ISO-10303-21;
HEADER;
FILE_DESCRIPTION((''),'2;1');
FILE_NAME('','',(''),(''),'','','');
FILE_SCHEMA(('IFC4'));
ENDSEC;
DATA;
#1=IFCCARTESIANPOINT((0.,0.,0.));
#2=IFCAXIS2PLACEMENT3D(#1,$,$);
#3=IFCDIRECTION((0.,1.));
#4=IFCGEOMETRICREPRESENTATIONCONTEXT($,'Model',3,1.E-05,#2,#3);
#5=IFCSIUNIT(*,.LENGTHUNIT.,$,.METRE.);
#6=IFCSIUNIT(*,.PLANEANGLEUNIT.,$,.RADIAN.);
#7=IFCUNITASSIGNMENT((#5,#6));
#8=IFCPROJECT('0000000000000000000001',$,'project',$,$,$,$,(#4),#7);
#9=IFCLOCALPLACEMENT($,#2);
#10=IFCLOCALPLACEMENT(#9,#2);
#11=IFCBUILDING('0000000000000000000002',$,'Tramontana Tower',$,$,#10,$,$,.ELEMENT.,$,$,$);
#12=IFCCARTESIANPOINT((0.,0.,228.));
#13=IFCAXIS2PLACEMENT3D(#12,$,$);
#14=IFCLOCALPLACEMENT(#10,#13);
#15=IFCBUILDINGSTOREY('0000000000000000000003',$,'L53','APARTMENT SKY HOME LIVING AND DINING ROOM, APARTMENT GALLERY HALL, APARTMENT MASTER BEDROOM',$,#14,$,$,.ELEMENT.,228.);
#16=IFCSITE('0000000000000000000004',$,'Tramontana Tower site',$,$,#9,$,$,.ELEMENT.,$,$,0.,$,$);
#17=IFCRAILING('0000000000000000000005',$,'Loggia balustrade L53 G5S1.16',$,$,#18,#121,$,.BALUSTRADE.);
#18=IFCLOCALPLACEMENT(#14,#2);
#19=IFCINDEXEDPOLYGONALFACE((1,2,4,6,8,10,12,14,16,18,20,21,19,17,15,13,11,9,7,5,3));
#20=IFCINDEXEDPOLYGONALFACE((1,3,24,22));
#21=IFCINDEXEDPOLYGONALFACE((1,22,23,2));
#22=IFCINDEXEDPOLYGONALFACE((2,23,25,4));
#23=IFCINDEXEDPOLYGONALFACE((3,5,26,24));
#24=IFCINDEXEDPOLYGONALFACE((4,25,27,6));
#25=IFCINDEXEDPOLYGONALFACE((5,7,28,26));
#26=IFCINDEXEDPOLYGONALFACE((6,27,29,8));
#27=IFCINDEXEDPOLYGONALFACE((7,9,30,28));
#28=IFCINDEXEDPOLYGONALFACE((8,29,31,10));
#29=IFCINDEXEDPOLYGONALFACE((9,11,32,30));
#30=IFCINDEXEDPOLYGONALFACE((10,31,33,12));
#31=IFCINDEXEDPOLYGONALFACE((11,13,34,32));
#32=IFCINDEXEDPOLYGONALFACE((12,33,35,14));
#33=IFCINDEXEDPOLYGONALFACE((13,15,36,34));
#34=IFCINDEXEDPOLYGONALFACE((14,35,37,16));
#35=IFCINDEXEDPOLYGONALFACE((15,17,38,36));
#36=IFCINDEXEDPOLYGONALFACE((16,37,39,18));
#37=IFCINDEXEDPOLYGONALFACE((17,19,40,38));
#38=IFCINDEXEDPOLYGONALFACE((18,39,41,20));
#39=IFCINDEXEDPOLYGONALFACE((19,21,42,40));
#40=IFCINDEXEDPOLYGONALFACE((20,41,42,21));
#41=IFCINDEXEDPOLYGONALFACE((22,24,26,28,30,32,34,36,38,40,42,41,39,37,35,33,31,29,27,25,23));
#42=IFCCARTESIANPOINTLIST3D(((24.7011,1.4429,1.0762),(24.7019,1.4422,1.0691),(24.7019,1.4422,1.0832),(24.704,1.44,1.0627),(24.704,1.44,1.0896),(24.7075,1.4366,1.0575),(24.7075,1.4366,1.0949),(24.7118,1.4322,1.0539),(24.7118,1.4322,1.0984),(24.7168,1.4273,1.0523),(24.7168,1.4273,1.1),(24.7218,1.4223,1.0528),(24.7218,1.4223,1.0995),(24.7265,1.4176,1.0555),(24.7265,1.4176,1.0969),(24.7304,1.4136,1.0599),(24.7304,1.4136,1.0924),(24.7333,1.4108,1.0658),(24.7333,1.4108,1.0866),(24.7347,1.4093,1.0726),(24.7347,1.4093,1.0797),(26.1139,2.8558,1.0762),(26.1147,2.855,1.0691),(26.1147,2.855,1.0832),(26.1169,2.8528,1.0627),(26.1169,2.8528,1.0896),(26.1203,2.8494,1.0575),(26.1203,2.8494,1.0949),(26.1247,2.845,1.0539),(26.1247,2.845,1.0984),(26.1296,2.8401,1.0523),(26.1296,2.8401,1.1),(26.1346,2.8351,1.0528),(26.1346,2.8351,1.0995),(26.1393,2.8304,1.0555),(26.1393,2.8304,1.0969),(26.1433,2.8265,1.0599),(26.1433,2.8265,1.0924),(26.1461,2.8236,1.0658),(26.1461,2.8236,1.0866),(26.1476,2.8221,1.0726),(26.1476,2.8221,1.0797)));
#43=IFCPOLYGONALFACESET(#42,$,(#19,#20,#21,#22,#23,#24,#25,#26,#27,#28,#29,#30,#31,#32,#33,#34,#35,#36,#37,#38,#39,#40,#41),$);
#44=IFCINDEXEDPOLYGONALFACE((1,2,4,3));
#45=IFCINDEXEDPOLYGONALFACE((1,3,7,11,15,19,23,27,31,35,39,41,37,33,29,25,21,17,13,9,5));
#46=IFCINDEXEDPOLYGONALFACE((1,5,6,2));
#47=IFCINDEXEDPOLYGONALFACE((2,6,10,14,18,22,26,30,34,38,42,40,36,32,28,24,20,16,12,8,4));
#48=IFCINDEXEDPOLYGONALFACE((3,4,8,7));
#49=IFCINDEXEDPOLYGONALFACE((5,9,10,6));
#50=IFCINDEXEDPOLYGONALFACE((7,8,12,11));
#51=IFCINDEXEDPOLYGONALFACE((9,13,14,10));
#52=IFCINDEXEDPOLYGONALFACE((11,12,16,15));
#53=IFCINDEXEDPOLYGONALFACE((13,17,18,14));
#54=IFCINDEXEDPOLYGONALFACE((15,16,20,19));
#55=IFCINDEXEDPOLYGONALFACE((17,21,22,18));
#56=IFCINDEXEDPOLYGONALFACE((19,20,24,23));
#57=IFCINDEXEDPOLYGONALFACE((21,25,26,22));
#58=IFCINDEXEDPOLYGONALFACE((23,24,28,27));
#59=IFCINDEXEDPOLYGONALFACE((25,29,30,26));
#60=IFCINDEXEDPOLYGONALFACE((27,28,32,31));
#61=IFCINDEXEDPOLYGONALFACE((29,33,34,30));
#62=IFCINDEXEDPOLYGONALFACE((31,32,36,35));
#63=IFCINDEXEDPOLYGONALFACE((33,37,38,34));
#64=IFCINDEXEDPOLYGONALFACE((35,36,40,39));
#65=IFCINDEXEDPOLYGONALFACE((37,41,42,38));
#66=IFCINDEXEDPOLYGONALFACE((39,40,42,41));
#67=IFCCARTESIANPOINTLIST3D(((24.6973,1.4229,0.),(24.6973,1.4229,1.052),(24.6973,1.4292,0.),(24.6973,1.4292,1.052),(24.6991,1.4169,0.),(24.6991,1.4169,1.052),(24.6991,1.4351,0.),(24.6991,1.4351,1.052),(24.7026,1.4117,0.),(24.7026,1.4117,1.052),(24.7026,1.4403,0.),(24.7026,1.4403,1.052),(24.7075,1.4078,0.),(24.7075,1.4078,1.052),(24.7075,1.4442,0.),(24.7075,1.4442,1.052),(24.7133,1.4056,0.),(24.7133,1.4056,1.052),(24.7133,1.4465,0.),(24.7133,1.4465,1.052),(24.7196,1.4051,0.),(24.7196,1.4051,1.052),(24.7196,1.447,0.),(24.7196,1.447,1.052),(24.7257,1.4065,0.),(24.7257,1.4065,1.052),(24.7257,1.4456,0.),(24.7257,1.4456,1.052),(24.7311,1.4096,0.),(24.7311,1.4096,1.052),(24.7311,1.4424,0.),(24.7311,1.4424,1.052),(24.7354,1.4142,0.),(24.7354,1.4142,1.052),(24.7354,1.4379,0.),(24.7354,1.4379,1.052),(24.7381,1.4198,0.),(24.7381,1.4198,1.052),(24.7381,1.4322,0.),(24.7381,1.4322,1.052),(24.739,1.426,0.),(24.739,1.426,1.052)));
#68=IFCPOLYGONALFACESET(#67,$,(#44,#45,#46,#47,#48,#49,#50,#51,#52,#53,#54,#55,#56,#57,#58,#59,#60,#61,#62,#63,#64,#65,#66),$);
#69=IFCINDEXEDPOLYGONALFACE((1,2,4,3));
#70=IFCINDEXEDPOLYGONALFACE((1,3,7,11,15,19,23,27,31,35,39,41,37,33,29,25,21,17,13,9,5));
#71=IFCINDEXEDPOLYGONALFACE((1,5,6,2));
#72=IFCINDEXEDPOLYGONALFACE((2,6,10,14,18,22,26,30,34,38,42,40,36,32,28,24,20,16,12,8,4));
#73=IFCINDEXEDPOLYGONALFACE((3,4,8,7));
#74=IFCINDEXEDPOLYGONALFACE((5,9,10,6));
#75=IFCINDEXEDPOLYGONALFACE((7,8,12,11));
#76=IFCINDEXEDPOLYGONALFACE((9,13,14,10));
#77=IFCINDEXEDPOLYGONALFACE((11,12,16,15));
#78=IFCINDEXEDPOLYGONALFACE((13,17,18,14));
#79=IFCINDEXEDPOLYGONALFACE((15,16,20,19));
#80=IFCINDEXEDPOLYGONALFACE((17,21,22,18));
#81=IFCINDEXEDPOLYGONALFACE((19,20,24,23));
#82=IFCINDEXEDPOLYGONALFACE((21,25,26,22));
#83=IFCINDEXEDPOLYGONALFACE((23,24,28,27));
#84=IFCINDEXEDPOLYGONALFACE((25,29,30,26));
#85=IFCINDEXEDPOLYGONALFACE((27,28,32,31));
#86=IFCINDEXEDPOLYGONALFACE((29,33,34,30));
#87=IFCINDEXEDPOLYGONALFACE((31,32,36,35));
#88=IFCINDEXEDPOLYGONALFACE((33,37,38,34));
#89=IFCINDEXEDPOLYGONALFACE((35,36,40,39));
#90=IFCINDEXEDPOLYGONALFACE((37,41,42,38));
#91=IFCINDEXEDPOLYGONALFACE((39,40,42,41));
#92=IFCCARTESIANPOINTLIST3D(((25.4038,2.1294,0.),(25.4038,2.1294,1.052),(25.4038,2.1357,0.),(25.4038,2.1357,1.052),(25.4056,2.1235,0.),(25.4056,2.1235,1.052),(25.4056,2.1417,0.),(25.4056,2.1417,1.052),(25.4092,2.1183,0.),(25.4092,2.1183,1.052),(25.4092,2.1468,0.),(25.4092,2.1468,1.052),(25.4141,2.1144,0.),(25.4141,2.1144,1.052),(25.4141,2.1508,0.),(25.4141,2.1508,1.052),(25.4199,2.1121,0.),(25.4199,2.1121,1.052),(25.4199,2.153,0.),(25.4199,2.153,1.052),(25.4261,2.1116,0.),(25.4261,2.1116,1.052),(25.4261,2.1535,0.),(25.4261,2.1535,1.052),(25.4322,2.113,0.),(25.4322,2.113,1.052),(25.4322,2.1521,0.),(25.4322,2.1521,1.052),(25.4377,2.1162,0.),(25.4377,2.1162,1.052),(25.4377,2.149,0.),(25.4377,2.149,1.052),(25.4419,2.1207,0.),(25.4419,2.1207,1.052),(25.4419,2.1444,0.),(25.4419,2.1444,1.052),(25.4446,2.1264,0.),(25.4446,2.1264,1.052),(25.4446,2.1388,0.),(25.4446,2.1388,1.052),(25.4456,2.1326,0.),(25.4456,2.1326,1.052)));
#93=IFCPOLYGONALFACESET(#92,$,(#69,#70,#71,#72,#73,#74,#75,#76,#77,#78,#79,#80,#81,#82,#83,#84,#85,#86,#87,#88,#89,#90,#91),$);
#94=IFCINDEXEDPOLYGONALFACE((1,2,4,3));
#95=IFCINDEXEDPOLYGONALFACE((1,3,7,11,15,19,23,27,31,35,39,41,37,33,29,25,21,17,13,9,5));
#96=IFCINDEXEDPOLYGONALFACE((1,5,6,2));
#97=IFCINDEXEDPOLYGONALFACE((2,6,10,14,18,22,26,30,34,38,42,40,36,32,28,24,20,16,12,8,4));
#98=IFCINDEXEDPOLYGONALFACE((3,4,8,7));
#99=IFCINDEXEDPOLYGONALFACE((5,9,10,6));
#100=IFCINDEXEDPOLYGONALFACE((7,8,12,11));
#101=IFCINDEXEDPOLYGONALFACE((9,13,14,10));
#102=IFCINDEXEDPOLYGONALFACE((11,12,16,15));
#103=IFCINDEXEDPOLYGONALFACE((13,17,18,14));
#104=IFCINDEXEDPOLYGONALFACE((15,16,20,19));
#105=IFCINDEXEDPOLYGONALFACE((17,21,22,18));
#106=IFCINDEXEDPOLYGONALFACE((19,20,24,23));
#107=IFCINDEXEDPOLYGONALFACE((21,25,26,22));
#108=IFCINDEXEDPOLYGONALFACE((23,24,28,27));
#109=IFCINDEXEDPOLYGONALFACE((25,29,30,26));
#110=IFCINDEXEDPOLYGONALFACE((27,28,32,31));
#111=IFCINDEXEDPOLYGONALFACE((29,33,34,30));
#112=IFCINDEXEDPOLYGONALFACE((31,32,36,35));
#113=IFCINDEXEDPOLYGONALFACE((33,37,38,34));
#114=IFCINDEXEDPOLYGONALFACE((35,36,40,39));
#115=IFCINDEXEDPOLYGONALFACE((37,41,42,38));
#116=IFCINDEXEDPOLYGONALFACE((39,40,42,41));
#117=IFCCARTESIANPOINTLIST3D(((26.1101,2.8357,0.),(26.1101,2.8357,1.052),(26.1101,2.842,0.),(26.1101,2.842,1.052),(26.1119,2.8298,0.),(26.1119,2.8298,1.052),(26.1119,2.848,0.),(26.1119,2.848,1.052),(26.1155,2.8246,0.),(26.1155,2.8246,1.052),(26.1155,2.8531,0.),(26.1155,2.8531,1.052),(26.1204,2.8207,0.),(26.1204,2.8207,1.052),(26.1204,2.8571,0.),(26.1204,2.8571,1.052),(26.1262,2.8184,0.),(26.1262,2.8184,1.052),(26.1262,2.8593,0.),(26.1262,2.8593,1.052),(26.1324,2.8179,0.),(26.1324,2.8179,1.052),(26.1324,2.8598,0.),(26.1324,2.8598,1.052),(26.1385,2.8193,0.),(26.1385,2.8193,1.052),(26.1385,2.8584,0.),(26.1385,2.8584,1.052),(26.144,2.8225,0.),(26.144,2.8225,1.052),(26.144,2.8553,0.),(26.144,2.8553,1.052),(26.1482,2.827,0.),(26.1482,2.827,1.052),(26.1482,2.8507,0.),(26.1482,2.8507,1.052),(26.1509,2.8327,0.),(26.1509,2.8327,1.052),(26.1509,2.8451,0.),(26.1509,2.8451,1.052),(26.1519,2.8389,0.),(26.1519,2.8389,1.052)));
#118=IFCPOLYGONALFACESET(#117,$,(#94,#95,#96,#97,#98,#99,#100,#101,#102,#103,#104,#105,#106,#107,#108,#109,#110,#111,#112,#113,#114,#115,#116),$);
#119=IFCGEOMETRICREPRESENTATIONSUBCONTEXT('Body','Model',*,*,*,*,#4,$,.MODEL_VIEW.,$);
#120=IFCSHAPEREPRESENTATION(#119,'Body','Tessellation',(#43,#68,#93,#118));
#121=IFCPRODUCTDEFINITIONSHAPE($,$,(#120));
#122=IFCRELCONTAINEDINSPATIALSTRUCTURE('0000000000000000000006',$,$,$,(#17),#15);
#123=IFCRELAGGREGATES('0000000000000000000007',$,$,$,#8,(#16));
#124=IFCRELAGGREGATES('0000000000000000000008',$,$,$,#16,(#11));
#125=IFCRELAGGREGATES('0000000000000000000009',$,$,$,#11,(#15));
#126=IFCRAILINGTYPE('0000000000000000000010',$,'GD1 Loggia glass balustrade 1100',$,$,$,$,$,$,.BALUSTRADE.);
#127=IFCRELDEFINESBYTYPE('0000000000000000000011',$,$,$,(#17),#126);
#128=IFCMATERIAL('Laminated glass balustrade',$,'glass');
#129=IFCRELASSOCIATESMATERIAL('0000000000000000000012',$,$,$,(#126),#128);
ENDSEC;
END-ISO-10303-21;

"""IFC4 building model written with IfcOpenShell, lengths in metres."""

from ifc_helpers import new_model, si_unit, direction, frame, origin, origin_2d, place, context, subcontext, project, spatial, circle, extrude, material, type_object, element, save


model = new_model("IFC4")

# Units and contexts
model_context = context("Model", 3, precision=1e-05, world=origin(), true_north=direction((0.0, 1.0)))
body_context = subcontext(model_context, "Body", "Model", "MODEL_VIEW")
ifc_project = project(units=[si_unit("LENGTHUNIT", "METRE"), si_unit("PLANEANGLEUNIT", "RADIAN")], contexts=[model_context])

# Site, building, storey
site_placement = place(None, origin())
site = spatial("IfcSite", under=ifc_project, at=site_placement, Name="Tramontana Tower site", CompositionType="ELEMENT", RefElevation=0.0)
building_placement = place(site_placement, origin())
building = spatial("IfcBuilding", under=site, at=building_placement, Name="Tramontana Tower", CompositionType="ELEMENT")
storey_placement = place(building_placement, frame((0.0, 0.0, 228.0)))
storey = spatial("IfcBuildingStorey", under=building, at=storey_placement, Name="L53", Description="APARTMENT SKY HOME LIVING AND DINING ROOM, APARTMENT GALLERY HALL, APARTMENT MASTER BEDROOM", CompositionType="ELEMENT", Elevation=228.0)

# Railing
ifc_material_1 = material(Name="Laminated glass balustrade", Category="glass")
railing_type = type_object("IfcRailingType", Name="GD1 Loggia glass balustrade 1100", PredefinedType="BALUSTRADE", material=ifc_material_1)
railing_placement = place(storey_placement, frame((24.718, 1.426, 0.0)))
element("IfcRailing", 1, at=railing_placement, inside=storey, type_object=railing_type, Name="Loggia balustrade L53 G5S1.16", PredefinedType="BALUSTRADE", context=body_context, shape_type="SweptSolid", body=[
    extrude(circle(Radius=0.0239, at=origin_2d()), frame((0.0, 0.0, 1.0762), z_axis=(0.707107, 0.707107, 0.0), x_axis=(-0.707107, 0.707107, 0.0)), (0.0, 0.0, 1.0), 1.998),
    extrude(circle(Radius=0.021, at=origin_2d()), origin(), (0.0, 0.0, 1.0), 1.052),
    extrude(circle(Radius=0.021, at=origin_2d()), frame((0.7065, 0.7065, 0.0)), (0.0, 0.0, 1.0), 1.052),
    extrude(circle(Radius=0.021, at=origin_2d()), frame((1.4128, 1.4128, 0.0)), (0.0, 0.0, 1.0), 1.052),
])

save(model, "model.ifc")
